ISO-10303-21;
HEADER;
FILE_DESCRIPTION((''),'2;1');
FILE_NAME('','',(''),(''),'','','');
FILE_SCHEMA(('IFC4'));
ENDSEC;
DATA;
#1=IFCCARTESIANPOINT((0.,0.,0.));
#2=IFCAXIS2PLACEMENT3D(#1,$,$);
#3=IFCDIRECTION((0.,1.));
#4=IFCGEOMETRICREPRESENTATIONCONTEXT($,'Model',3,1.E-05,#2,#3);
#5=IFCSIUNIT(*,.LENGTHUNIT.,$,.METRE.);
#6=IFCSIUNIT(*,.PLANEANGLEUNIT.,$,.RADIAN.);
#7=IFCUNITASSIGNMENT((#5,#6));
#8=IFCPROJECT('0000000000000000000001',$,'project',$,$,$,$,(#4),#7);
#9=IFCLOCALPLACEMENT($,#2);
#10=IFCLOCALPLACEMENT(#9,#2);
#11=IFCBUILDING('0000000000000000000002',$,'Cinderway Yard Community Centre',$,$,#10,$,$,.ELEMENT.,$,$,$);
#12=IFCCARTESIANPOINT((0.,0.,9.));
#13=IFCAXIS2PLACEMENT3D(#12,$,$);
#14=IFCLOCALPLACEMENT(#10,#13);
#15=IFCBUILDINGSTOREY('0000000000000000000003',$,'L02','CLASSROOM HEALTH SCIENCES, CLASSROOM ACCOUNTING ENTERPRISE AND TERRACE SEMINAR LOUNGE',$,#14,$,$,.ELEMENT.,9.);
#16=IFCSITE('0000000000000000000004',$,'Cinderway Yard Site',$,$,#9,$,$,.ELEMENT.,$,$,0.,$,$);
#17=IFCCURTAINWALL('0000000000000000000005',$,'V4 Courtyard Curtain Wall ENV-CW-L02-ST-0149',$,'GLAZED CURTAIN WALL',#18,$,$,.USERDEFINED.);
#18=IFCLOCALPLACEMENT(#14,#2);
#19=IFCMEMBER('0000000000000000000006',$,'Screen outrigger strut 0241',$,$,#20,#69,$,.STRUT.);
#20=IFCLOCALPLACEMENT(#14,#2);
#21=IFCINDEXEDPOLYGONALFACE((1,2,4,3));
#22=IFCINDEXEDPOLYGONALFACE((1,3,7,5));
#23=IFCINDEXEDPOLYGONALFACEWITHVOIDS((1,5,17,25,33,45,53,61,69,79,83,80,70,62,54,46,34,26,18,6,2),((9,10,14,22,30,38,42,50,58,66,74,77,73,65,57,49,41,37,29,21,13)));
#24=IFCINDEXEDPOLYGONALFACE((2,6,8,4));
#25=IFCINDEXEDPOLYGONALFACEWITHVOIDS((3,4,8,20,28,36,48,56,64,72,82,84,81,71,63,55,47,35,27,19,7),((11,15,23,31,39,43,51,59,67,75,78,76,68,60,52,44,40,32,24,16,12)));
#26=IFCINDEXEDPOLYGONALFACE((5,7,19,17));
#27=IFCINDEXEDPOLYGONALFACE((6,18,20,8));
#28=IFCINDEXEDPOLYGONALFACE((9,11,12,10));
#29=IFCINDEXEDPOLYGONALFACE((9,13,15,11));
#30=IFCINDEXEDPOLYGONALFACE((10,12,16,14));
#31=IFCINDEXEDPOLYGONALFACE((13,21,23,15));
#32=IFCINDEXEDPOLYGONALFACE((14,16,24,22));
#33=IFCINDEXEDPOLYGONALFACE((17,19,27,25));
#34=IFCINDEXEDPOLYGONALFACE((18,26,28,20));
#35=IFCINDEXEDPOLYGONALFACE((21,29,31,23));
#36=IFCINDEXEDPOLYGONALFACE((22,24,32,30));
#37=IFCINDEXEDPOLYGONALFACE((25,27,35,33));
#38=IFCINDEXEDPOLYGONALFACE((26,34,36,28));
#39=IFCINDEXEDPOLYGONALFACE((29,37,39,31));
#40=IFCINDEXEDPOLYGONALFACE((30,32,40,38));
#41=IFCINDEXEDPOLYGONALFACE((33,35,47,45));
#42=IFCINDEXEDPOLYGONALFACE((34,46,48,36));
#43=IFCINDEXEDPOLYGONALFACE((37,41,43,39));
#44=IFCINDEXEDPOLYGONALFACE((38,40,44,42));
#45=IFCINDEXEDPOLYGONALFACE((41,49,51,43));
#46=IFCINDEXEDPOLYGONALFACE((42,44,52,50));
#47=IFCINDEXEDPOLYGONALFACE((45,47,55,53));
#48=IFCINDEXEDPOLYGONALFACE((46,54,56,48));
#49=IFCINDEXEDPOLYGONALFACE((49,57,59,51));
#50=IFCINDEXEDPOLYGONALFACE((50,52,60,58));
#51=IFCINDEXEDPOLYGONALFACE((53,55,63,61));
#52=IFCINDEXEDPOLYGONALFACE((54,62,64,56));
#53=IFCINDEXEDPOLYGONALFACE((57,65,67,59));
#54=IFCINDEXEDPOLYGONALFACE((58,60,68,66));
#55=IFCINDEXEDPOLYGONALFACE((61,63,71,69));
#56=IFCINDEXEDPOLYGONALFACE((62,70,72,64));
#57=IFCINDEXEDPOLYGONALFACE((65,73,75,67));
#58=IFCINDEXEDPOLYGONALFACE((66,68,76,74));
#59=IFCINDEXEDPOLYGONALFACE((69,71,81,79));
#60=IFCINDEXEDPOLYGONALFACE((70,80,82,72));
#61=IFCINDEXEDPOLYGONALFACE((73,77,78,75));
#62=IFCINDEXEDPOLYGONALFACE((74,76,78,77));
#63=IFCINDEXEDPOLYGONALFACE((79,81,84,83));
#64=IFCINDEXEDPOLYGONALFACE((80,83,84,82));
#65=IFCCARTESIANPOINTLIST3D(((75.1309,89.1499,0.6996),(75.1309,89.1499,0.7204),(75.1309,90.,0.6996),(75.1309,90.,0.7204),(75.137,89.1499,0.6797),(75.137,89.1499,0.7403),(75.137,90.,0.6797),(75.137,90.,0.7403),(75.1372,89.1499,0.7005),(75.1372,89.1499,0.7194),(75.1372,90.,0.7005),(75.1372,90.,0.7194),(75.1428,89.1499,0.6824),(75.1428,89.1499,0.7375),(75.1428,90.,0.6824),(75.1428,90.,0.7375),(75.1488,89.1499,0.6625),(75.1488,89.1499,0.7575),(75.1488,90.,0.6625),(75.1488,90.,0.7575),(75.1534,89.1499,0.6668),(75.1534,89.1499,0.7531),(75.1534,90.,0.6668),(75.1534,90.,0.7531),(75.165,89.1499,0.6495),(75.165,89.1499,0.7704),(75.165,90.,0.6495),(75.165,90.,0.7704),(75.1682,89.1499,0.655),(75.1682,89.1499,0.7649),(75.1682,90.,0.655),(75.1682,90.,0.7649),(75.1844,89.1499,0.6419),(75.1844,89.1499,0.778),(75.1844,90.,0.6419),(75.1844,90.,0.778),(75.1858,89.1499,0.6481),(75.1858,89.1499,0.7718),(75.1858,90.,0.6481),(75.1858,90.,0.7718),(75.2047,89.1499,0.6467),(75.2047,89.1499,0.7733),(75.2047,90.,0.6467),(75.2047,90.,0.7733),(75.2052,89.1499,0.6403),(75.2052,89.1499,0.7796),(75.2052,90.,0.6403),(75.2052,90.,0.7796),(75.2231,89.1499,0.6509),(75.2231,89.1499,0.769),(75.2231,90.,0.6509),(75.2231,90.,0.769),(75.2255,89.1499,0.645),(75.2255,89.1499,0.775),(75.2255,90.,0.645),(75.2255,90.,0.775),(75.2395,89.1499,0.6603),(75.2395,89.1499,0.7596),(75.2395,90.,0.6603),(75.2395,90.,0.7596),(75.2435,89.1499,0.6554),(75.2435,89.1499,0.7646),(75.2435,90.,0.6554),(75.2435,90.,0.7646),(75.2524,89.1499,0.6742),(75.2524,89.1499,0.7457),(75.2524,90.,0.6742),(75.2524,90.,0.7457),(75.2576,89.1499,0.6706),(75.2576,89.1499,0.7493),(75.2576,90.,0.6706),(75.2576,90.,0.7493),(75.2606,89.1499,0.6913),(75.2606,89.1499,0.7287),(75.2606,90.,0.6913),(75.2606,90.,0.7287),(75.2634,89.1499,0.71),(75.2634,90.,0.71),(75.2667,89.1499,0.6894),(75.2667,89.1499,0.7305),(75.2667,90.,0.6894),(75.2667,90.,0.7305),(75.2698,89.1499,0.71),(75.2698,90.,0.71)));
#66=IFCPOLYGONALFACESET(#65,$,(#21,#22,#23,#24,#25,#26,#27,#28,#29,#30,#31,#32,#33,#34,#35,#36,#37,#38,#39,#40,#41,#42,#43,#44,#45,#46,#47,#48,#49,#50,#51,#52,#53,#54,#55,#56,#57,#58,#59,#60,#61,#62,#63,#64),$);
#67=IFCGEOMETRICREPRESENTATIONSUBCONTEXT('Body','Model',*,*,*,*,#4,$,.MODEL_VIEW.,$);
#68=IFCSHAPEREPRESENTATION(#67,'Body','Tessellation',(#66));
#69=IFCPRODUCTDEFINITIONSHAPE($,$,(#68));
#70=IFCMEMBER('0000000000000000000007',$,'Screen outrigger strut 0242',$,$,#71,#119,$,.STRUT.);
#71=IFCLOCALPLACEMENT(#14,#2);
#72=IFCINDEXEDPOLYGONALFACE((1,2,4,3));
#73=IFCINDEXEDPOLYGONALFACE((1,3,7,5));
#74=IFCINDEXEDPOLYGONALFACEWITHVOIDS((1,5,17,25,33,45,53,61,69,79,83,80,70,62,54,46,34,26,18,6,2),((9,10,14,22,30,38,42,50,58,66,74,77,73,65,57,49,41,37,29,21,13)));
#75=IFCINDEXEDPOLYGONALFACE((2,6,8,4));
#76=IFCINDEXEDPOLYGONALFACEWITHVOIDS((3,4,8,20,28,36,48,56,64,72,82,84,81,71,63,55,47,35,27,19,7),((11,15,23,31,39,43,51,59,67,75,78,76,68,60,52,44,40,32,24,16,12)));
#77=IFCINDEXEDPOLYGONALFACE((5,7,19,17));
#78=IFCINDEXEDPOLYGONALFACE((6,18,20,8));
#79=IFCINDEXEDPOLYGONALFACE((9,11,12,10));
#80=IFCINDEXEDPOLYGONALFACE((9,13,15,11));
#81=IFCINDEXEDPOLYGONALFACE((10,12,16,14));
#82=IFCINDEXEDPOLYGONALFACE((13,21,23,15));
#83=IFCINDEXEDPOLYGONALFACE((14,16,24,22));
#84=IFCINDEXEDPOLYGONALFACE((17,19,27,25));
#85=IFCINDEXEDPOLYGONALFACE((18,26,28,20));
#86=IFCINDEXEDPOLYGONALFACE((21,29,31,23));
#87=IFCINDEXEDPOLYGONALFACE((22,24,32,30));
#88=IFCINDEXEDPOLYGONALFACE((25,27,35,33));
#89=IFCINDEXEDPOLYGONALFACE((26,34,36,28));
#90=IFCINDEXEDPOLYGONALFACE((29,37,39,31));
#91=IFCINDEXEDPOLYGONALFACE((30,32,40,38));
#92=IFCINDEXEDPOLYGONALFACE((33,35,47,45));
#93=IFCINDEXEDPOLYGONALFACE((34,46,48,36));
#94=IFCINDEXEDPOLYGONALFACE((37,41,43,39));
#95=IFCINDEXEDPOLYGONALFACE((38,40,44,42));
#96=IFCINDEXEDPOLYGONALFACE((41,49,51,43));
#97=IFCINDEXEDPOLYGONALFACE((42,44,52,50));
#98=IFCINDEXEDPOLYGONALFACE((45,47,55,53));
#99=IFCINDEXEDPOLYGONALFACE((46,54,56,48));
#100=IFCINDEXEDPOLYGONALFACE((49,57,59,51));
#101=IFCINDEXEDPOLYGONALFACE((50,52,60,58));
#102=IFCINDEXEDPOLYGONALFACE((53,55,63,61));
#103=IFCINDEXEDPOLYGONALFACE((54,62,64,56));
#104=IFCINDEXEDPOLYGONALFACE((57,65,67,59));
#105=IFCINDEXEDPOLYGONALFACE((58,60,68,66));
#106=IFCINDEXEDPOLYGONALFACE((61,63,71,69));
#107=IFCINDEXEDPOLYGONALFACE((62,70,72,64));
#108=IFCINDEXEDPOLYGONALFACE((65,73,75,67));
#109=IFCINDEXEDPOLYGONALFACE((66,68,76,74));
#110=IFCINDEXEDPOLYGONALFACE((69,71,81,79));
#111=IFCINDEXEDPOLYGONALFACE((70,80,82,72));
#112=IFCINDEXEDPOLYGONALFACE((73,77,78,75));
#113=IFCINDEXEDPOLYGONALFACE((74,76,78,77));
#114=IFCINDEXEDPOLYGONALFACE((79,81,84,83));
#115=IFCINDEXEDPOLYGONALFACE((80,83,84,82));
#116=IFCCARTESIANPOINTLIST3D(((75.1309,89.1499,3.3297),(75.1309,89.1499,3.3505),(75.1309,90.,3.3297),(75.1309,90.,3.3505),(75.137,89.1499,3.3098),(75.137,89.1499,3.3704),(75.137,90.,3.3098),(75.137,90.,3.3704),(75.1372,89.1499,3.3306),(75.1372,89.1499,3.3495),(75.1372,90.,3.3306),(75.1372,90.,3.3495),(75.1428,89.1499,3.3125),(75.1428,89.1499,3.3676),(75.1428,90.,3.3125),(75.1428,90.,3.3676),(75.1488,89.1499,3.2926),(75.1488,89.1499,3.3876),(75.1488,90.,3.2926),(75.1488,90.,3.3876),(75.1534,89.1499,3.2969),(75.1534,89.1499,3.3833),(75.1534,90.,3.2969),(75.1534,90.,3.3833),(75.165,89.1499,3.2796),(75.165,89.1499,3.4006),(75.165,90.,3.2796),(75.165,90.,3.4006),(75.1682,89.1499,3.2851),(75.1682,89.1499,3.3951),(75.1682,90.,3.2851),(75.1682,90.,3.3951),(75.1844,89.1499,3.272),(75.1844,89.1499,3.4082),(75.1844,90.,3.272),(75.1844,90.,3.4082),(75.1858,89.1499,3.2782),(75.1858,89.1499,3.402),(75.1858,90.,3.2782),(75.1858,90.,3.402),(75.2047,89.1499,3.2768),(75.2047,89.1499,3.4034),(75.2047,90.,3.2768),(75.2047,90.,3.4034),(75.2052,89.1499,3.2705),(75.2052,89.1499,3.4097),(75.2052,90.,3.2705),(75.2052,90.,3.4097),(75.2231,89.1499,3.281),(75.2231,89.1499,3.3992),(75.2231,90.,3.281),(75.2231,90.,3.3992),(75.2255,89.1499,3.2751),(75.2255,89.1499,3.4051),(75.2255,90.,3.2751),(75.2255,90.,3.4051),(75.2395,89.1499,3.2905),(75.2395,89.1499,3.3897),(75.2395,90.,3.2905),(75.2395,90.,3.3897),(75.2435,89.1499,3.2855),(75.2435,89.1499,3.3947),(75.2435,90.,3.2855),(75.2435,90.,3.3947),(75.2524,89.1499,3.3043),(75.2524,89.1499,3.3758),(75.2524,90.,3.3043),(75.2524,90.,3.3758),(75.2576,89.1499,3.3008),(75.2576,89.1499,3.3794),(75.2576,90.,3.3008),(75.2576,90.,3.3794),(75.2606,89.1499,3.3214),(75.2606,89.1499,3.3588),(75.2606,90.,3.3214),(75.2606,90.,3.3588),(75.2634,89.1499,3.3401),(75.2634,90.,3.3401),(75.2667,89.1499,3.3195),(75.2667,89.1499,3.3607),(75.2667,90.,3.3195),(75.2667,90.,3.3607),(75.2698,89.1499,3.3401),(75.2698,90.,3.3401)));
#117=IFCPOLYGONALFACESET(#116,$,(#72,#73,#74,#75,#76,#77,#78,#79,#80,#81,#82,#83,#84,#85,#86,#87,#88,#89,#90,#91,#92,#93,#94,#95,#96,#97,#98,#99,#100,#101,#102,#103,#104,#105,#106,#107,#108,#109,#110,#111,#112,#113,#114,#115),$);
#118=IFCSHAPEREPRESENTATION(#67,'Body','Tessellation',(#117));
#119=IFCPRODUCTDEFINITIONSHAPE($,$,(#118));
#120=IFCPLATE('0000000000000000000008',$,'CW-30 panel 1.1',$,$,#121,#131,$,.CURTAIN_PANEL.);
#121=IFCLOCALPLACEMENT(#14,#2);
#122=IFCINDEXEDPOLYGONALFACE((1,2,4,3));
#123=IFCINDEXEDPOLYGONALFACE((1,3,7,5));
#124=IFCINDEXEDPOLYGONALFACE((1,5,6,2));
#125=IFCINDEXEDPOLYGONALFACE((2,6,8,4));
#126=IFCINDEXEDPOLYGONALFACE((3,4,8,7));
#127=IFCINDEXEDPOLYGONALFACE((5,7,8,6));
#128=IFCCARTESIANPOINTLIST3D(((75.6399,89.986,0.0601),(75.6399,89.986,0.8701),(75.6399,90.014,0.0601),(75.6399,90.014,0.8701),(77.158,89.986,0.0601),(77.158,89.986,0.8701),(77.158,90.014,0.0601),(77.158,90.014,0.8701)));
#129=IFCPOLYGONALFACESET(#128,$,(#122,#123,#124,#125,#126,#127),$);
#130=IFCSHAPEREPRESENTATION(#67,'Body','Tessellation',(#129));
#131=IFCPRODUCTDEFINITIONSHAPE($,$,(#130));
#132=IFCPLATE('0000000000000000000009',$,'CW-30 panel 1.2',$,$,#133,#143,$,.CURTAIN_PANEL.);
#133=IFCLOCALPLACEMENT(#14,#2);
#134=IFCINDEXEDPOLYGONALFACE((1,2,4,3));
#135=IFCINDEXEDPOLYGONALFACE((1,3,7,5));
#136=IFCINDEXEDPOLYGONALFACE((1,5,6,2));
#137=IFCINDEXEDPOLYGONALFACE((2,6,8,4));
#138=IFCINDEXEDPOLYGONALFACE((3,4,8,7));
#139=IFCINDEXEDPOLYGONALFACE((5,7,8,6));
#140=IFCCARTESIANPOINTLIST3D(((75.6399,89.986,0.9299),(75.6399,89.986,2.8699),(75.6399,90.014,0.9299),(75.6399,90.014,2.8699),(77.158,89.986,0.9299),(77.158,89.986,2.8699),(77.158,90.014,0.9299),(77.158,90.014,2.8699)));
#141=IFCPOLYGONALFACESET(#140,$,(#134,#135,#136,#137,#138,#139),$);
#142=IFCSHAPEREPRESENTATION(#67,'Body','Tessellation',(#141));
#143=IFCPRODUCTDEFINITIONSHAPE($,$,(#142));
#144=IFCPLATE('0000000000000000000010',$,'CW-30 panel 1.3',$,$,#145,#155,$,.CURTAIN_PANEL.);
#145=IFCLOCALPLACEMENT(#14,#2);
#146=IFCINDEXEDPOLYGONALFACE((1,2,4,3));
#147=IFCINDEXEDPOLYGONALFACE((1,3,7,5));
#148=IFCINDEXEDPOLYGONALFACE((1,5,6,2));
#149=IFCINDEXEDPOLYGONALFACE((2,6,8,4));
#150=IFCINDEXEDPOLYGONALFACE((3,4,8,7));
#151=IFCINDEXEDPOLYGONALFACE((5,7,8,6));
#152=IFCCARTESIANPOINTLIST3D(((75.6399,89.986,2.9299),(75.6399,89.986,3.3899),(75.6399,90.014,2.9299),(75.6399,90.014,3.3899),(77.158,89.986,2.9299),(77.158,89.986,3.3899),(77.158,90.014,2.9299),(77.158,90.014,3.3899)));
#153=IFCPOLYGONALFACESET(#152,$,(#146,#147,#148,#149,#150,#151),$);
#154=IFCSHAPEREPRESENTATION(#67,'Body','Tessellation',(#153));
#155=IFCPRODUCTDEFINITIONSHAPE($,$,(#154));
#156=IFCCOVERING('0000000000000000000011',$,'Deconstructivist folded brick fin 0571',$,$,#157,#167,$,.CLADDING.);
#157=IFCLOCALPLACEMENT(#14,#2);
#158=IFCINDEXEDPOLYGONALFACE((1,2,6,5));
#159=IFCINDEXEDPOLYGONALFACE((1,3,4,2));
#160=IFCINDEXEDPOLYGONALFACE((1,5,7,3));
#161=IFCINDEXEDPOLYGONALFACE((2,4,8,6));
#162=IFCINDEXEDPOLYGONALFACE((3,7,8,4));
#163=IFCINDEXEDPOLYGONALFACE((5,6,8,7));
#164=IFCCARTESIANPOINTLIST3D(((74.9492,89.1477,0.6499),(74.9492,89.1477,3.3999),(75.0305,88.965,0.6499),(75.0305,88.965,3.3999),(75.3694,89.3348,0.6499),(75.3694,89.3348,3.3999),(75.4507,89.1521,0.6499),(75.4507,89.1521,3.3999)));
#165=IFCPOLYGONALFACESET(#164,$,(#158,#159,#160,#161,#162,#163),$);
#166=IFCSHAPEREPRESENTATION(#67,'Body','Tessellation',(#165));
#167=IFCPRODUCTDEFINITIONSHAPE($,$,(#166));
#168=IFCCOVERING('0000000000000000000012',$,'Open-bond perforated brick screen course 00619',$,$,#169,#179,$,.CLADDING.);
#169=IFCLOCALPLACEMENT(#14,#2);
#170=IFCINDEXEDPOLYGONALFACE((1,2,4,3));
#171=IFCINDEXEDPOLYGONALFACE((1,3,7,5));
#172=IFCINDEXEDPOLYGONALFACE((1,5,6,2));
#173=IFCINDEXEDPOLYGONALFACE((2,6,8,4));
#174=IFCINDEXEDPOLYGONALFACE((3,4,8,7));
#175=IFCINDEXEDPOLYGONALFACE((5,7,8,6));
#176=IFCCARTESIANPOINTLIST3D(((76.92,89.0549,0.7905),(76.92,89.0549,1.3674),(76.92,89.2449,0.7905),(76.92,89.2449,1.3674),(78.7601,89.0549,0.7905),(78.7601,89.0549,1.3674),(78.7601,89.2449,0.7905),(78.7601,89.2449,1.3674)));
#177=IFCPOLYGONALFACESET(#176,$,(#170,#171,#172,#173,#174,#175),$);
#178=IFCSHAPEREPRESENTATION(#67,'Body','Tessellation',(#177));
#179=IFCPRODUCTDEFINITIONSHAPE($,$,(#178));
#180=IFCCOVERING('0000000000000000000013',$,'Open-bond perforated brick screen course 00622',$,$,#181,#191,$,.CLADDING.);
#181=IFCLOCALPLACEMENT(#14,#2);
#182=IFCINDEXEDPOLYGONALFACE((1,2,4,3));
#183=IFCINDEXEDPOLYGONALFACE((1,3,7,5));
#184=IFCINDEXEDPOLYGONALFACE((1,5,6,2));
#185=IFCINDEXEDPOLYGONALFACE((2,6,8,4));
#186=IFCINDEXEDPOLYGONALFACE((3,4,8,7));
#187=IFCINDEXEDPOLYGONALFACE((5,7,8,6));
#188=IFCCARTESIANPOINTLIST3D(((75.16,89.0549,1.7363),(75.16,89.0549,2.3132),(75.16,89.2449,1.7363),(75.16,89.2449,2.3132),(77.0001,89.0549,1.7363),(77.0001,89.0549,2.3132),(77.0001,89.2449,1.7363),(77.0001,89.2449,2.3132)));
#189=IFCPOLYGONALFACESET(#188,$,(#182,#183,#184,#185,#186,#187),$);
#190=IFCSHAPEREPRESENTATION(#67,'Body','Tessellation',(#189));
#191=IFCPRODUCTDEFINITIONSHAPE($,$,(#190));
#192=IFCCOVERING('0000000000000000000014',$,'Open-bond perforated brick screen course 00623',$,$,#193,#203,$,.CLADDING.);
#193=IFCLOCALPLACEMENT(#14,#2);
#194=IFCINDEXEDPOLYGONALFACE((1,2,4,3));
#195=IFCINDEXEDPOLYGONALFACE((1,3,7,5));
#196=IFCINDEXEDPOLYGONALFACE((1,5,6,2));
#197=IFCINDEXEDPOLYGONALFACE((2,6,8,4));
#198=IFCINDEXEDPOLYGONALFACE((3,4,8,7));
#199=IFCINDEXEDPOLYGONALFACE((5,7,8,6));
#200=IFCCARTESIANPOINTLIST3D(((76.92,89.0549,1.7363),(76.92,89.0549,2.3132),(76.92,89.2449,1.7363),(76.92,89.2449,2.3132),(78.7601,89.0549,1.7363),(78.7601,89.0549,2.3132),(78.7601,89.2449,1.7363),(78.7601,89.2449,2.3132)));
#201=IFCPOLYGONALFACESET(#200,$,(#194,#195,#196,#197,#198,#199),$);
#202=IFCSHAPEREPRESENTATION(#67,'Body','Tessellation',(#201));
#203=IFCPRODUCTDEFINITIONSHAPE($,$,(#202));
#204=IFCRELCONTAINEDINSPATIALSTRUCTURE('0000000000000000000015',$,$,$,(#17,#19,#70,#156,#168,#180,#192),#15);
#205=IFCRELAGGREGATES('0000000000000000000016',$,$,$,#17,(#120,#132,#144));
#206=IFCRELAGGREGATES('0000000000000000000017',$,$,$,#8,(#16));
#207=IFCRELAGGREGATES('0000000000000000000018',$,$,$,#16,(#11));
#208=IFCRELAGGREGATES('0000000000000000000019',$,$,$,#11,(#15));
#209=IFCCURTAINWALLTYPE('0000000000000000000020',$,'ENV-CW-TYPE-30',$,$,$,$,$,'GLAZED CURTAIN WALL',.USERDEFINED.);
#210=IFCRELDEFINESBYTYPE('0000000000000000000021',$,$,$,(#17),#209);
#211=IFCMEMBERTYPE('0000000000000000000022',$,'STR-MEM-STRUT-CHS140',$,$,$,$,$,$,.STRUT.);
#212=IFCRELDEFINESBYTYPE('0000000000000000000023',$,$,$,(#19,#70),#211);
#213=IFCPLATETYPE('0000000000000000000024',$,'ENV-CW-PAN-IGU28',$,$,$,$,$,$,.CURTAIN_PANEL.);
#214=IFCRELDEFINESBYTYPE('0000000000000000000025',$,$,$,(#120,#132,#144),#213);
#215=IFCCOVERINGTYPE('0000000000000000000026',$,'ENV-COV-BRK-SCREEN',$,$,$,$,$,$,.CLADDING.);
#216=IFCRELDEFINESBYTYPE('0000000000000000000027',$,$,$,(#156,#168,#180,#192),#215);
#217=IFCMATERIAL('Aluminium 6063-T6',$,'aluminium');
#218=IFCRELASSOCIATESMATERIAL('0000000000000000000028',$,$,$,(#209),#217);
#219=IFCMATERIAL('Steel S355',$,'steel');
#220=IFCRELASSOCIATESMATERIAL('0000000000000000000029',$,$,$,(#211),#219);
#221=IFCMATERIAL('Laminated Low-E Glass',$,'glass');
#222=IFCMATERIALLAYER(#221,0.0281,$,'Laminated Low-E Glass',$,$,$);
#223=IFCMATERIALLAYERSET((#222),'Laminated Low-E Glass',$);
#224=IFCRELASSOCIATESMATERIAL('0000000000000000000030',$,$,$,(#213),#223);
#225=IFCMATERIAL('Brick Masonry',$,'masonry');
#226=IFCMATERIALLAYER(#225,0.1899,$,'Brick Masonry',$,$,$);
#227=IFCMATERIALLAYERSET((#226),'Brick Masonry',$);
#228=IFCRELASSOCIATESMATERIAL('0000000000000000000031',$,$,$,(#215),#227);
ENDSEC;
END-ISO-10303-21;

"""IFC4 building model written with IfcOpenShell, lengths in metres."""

from ifc_helpers import new_model, si_unit, direction, frame, origin, origin_2d, place, context, subcontext, project, spatial, rectangle, hollow_circle, extrude, material, layer, layer_set, material_profile, profile_set, type_object, element, aggregate, save


model = new_model("IFC4")

# Units and contexts
model_context = context("Model", 3, precision=1e-05, world=origin(), true_north=direction((0.0, 1.0)))
body_context = subcontext(model_context, "Body", "Model", "MODEL_VIEW")
ifc_project = project(units=[si_unit("LENGTHUNIT", "METRE"), si_unit("PLANEANGLEUNIT", "RADIAN")], contexts=[model_context])

# Site, building, storey
site_placement = place(None, origin())
site = spatial("IfcSite", under=ifc_project, at=site_placement, Name="Cinderway Yard Site", CompositionType="ELEMENT", RefElevation=0.0)
building_placement = place(site_placement, origin())
building = spatial("IfcBuilding", under=site, at=building_placement, Name="Cinderway Yard Community Centre", CompositionType="ELEMENT")
storey_placement = place(building_placement, frame((0.0, 0.0, 9.0)))
storey = spatial("IfcBuildingStorey", under=building, at=storey_placement, Name="L02", Description="CLASSROOM HEALTH SCIENCES, CLASSROOM ACCOUNTING ENTERPRISE AND TERRACE SEMINAR LOUNGE", CompositionType="ELEMENT", Elevation=9.0)

# Curtain wall
ifc_material_1 = material(Name="Aluminium 6063-T6", Category="aluminium")
curtain_wall_type = type_object("IfcCurtainWallType", Name="ENV-CW-TYPE-30", ElementType="GLAZED CURTAIN WALL", PredefinedType="USERDEFINED", material=ifc_material_1)
curtain_wall_placement = place(storey_placement, origin())
curtain_wall = element("IfcCurtainWall", 1, at=curtain_wall_placement, inside=storey, type_object=curtain_wall_type, Name="V4 Courtyard Curtain Wall ENV-CW-L02-ST-0149", ObjectType="GLAZED CURTAIN WALL", PredefinedType="USERDEFINED")

# Shared definitions
ifc_material_2 = material(Name="Steel S355", Category="steel")

# Members
ifc_material_profile_1 = material_profile(ifc_material_2, hollow_circle(Radius=0.0698, WallThickness=0.0063, at=origin_2d()), Name="Steel S355")
ifc_profile_set_1 = profile_set([ifc_material_profile_1], Name="Steel S355")
member_type_1 = type_object("IfcMemberType", Name="STR-MEM-STRUT-CHS140", PredefinedType="STRUT", material=ifc_profile_set_1)
for number, where, z_axis, x_axis, name in (
    (2, (75.2, 90.0, 0.71), (0.0, -1.0, 0.0), (1.0, 0.0, 0.0), "Screen outrigger strut 0241"),
    (3, (75.2, 90.0, 3.3401), (0.0, -1.0, 0.0), (1.0, 0.0, 0.0), "Screen outrigger strut 0242"),
):
    element("IfcMember", number, at=place(storey_placement, frame(where, z_axis=z_axis, x_axis=x_axis)), inside=storey, type_object=member_type_1, Name=name, PredefinedType="STRUT", context=body_context, shape_type="SweptSolid", body=[
        extrude(hollow_circle(Radius=0.0698, WallThickness=0.0063, at=origin_2d()), origin(), (0.0, 0.0, 1.0), 0.8501),
    ])

# Plates
ifc_material_3 = material(Name="Laminated Low-E Glass", Category="glass")
ifc_layer_1 = layer(ifc_material_3, 0.0281, Name="Laminated Low-E Glass")
ifc_layer_set_1 = layer_set([ifc_layer_1], Name="Laminated Low-E Glass")
plate_type = type_object("IfcPlateType", Name="ENV-CW-PAN-IGU28", PredefinedType="CURTAIN_PANEL", material=ifc_layer_set_1)
plate_1_placement = place(storey_placement, frame((76.3989, 90.0, 0.0601), z_axis=(0.0, 0.0, 1.0), x_axis=(1.0, 0.0, 0.0)))
plate_1 = element("IfcPlate", 4, at=plate_1_placement, type_object=plate_type, Name="CW-30 panel 1.1", PredefinedType="CURTAIN_PANEL", context=body_context, shape_type="SweptSolid", body=[
    extrude(rectangle(XDim=1.5181, YDim=0.0281, at=origin_2d()), origin(), (0.0, 0.0, 1.0), 0.8101),
])
plate_2_placement = place(storey_placement, frame((76.3989, 90.0, 0.9299), z_axis=(0.0, 0.0, 1.0), x_axis=(1.0, 0.0, 0.0)))
plate_2 = element("IfcPlate", 5, at=plate_2_placement, type_object=plate_type, Name="CW-30 panel 1.2", PredefinedType="CURTAIN_PANEL", context=body_context, shape_type="SweptSolid", body=[
    extrude(rectangle(XDim=1.5181, YDim=0.0281, at=origin_2d()), origin(), (0.0, 0.0, 1.0), 1.9399),
])
plate_3_placement = place(storey_placement, frame((76.3989, 90.0, 2.9299), z_axis=(0.0, 0.0, 1.0), x_axis=(1.0, 0.0, 0.0)))
plate_3 = element("IfcPlate", 6, at=plate_3_placement, type_object=plate_type, Name="CW-30 panel 1.3", PredefinedType="CURTAIN_PANEL", context=body_context, shape_type="SweptSolid", body=[
    extrude(rectangle(XDim=1.5181, YDim=0.0281, at=origin_2d()), origin(), (0.0, 0.0, 1.0), 0.46),
])
aggregate(curtain_wall, [plate_1, plate_2, plate_3])

# Coverings
ifc_material_4 = material(Name="Brick Masonry", Category="masonry")
ifc_layer_2 = layer(ifc_material_4, 0.1899, Name="Brick Masonry")
ifc_layer_set_2 = layer_set([ifc_layer_2], Name="Brick Masonry")
covering_type = type_object("IfcCoveringType", Name="ENV-COV-BRK-SCREEN", PredefinedType="CLADDING", material=ifc_layer_set_2)
covering_placement = place(storey_placement, frame((75.2, 89.1499, 0.6499), z_axis=(0.0, 0.0, 1.0), x_axis=(-0.913545, -0.406737, 0.0)))
element("IfcCovering", 7, at=covering_placement, inside=storey, type_object=covering_type, Name="Deconstructivist folded brick fin 0571", PredefinedType="CLADDING", context=body_context, shape_type="SweptSolid", body=[
    extrude(rectangle(XDim=0.46, YDim=0.2, at=origin_2d()), origin(), (0.0, 0.0, 1.0), 2.75),
])
for number, where, z_axis, x_axis, name in (
    (8, (77.8401, 89.1499, 0.7905), (0.0, 0.0, 1.0), (-1.0, 0.0, 0.0), "Open-bond perforated brick screen course 00619"),
    (9, (76.0801, 89.1499, 1.7363), (0.0, 0.0, 1.0), (-1.0, 0.0, 0.0), "Open-bond perforated brick screen course 00622"),
    (10, (77.8401, 89.1499, 1.7363), (0.0, 0.0, 1.0), (-1.0, 0.0, 0.0), "Open-bond perforated brick screen course 00623"),
):
    element("IfcCovering", number, at=place(storey_placement, frame(where, z_axis=z_axis, x_axis=x_axis)), inside=storey, type_object=covering_type, Name=name, PredefinedType="CLADDING", context=body_context, shape_type="SweptSolid", body=[
        extrude(rectangle(XDim=1.8401, YDim=0.1899, at=origin_2d()), origin(), (0.0, 0.0, 1.0), 0.5769),
    ])

save(model, "model.ifc")
